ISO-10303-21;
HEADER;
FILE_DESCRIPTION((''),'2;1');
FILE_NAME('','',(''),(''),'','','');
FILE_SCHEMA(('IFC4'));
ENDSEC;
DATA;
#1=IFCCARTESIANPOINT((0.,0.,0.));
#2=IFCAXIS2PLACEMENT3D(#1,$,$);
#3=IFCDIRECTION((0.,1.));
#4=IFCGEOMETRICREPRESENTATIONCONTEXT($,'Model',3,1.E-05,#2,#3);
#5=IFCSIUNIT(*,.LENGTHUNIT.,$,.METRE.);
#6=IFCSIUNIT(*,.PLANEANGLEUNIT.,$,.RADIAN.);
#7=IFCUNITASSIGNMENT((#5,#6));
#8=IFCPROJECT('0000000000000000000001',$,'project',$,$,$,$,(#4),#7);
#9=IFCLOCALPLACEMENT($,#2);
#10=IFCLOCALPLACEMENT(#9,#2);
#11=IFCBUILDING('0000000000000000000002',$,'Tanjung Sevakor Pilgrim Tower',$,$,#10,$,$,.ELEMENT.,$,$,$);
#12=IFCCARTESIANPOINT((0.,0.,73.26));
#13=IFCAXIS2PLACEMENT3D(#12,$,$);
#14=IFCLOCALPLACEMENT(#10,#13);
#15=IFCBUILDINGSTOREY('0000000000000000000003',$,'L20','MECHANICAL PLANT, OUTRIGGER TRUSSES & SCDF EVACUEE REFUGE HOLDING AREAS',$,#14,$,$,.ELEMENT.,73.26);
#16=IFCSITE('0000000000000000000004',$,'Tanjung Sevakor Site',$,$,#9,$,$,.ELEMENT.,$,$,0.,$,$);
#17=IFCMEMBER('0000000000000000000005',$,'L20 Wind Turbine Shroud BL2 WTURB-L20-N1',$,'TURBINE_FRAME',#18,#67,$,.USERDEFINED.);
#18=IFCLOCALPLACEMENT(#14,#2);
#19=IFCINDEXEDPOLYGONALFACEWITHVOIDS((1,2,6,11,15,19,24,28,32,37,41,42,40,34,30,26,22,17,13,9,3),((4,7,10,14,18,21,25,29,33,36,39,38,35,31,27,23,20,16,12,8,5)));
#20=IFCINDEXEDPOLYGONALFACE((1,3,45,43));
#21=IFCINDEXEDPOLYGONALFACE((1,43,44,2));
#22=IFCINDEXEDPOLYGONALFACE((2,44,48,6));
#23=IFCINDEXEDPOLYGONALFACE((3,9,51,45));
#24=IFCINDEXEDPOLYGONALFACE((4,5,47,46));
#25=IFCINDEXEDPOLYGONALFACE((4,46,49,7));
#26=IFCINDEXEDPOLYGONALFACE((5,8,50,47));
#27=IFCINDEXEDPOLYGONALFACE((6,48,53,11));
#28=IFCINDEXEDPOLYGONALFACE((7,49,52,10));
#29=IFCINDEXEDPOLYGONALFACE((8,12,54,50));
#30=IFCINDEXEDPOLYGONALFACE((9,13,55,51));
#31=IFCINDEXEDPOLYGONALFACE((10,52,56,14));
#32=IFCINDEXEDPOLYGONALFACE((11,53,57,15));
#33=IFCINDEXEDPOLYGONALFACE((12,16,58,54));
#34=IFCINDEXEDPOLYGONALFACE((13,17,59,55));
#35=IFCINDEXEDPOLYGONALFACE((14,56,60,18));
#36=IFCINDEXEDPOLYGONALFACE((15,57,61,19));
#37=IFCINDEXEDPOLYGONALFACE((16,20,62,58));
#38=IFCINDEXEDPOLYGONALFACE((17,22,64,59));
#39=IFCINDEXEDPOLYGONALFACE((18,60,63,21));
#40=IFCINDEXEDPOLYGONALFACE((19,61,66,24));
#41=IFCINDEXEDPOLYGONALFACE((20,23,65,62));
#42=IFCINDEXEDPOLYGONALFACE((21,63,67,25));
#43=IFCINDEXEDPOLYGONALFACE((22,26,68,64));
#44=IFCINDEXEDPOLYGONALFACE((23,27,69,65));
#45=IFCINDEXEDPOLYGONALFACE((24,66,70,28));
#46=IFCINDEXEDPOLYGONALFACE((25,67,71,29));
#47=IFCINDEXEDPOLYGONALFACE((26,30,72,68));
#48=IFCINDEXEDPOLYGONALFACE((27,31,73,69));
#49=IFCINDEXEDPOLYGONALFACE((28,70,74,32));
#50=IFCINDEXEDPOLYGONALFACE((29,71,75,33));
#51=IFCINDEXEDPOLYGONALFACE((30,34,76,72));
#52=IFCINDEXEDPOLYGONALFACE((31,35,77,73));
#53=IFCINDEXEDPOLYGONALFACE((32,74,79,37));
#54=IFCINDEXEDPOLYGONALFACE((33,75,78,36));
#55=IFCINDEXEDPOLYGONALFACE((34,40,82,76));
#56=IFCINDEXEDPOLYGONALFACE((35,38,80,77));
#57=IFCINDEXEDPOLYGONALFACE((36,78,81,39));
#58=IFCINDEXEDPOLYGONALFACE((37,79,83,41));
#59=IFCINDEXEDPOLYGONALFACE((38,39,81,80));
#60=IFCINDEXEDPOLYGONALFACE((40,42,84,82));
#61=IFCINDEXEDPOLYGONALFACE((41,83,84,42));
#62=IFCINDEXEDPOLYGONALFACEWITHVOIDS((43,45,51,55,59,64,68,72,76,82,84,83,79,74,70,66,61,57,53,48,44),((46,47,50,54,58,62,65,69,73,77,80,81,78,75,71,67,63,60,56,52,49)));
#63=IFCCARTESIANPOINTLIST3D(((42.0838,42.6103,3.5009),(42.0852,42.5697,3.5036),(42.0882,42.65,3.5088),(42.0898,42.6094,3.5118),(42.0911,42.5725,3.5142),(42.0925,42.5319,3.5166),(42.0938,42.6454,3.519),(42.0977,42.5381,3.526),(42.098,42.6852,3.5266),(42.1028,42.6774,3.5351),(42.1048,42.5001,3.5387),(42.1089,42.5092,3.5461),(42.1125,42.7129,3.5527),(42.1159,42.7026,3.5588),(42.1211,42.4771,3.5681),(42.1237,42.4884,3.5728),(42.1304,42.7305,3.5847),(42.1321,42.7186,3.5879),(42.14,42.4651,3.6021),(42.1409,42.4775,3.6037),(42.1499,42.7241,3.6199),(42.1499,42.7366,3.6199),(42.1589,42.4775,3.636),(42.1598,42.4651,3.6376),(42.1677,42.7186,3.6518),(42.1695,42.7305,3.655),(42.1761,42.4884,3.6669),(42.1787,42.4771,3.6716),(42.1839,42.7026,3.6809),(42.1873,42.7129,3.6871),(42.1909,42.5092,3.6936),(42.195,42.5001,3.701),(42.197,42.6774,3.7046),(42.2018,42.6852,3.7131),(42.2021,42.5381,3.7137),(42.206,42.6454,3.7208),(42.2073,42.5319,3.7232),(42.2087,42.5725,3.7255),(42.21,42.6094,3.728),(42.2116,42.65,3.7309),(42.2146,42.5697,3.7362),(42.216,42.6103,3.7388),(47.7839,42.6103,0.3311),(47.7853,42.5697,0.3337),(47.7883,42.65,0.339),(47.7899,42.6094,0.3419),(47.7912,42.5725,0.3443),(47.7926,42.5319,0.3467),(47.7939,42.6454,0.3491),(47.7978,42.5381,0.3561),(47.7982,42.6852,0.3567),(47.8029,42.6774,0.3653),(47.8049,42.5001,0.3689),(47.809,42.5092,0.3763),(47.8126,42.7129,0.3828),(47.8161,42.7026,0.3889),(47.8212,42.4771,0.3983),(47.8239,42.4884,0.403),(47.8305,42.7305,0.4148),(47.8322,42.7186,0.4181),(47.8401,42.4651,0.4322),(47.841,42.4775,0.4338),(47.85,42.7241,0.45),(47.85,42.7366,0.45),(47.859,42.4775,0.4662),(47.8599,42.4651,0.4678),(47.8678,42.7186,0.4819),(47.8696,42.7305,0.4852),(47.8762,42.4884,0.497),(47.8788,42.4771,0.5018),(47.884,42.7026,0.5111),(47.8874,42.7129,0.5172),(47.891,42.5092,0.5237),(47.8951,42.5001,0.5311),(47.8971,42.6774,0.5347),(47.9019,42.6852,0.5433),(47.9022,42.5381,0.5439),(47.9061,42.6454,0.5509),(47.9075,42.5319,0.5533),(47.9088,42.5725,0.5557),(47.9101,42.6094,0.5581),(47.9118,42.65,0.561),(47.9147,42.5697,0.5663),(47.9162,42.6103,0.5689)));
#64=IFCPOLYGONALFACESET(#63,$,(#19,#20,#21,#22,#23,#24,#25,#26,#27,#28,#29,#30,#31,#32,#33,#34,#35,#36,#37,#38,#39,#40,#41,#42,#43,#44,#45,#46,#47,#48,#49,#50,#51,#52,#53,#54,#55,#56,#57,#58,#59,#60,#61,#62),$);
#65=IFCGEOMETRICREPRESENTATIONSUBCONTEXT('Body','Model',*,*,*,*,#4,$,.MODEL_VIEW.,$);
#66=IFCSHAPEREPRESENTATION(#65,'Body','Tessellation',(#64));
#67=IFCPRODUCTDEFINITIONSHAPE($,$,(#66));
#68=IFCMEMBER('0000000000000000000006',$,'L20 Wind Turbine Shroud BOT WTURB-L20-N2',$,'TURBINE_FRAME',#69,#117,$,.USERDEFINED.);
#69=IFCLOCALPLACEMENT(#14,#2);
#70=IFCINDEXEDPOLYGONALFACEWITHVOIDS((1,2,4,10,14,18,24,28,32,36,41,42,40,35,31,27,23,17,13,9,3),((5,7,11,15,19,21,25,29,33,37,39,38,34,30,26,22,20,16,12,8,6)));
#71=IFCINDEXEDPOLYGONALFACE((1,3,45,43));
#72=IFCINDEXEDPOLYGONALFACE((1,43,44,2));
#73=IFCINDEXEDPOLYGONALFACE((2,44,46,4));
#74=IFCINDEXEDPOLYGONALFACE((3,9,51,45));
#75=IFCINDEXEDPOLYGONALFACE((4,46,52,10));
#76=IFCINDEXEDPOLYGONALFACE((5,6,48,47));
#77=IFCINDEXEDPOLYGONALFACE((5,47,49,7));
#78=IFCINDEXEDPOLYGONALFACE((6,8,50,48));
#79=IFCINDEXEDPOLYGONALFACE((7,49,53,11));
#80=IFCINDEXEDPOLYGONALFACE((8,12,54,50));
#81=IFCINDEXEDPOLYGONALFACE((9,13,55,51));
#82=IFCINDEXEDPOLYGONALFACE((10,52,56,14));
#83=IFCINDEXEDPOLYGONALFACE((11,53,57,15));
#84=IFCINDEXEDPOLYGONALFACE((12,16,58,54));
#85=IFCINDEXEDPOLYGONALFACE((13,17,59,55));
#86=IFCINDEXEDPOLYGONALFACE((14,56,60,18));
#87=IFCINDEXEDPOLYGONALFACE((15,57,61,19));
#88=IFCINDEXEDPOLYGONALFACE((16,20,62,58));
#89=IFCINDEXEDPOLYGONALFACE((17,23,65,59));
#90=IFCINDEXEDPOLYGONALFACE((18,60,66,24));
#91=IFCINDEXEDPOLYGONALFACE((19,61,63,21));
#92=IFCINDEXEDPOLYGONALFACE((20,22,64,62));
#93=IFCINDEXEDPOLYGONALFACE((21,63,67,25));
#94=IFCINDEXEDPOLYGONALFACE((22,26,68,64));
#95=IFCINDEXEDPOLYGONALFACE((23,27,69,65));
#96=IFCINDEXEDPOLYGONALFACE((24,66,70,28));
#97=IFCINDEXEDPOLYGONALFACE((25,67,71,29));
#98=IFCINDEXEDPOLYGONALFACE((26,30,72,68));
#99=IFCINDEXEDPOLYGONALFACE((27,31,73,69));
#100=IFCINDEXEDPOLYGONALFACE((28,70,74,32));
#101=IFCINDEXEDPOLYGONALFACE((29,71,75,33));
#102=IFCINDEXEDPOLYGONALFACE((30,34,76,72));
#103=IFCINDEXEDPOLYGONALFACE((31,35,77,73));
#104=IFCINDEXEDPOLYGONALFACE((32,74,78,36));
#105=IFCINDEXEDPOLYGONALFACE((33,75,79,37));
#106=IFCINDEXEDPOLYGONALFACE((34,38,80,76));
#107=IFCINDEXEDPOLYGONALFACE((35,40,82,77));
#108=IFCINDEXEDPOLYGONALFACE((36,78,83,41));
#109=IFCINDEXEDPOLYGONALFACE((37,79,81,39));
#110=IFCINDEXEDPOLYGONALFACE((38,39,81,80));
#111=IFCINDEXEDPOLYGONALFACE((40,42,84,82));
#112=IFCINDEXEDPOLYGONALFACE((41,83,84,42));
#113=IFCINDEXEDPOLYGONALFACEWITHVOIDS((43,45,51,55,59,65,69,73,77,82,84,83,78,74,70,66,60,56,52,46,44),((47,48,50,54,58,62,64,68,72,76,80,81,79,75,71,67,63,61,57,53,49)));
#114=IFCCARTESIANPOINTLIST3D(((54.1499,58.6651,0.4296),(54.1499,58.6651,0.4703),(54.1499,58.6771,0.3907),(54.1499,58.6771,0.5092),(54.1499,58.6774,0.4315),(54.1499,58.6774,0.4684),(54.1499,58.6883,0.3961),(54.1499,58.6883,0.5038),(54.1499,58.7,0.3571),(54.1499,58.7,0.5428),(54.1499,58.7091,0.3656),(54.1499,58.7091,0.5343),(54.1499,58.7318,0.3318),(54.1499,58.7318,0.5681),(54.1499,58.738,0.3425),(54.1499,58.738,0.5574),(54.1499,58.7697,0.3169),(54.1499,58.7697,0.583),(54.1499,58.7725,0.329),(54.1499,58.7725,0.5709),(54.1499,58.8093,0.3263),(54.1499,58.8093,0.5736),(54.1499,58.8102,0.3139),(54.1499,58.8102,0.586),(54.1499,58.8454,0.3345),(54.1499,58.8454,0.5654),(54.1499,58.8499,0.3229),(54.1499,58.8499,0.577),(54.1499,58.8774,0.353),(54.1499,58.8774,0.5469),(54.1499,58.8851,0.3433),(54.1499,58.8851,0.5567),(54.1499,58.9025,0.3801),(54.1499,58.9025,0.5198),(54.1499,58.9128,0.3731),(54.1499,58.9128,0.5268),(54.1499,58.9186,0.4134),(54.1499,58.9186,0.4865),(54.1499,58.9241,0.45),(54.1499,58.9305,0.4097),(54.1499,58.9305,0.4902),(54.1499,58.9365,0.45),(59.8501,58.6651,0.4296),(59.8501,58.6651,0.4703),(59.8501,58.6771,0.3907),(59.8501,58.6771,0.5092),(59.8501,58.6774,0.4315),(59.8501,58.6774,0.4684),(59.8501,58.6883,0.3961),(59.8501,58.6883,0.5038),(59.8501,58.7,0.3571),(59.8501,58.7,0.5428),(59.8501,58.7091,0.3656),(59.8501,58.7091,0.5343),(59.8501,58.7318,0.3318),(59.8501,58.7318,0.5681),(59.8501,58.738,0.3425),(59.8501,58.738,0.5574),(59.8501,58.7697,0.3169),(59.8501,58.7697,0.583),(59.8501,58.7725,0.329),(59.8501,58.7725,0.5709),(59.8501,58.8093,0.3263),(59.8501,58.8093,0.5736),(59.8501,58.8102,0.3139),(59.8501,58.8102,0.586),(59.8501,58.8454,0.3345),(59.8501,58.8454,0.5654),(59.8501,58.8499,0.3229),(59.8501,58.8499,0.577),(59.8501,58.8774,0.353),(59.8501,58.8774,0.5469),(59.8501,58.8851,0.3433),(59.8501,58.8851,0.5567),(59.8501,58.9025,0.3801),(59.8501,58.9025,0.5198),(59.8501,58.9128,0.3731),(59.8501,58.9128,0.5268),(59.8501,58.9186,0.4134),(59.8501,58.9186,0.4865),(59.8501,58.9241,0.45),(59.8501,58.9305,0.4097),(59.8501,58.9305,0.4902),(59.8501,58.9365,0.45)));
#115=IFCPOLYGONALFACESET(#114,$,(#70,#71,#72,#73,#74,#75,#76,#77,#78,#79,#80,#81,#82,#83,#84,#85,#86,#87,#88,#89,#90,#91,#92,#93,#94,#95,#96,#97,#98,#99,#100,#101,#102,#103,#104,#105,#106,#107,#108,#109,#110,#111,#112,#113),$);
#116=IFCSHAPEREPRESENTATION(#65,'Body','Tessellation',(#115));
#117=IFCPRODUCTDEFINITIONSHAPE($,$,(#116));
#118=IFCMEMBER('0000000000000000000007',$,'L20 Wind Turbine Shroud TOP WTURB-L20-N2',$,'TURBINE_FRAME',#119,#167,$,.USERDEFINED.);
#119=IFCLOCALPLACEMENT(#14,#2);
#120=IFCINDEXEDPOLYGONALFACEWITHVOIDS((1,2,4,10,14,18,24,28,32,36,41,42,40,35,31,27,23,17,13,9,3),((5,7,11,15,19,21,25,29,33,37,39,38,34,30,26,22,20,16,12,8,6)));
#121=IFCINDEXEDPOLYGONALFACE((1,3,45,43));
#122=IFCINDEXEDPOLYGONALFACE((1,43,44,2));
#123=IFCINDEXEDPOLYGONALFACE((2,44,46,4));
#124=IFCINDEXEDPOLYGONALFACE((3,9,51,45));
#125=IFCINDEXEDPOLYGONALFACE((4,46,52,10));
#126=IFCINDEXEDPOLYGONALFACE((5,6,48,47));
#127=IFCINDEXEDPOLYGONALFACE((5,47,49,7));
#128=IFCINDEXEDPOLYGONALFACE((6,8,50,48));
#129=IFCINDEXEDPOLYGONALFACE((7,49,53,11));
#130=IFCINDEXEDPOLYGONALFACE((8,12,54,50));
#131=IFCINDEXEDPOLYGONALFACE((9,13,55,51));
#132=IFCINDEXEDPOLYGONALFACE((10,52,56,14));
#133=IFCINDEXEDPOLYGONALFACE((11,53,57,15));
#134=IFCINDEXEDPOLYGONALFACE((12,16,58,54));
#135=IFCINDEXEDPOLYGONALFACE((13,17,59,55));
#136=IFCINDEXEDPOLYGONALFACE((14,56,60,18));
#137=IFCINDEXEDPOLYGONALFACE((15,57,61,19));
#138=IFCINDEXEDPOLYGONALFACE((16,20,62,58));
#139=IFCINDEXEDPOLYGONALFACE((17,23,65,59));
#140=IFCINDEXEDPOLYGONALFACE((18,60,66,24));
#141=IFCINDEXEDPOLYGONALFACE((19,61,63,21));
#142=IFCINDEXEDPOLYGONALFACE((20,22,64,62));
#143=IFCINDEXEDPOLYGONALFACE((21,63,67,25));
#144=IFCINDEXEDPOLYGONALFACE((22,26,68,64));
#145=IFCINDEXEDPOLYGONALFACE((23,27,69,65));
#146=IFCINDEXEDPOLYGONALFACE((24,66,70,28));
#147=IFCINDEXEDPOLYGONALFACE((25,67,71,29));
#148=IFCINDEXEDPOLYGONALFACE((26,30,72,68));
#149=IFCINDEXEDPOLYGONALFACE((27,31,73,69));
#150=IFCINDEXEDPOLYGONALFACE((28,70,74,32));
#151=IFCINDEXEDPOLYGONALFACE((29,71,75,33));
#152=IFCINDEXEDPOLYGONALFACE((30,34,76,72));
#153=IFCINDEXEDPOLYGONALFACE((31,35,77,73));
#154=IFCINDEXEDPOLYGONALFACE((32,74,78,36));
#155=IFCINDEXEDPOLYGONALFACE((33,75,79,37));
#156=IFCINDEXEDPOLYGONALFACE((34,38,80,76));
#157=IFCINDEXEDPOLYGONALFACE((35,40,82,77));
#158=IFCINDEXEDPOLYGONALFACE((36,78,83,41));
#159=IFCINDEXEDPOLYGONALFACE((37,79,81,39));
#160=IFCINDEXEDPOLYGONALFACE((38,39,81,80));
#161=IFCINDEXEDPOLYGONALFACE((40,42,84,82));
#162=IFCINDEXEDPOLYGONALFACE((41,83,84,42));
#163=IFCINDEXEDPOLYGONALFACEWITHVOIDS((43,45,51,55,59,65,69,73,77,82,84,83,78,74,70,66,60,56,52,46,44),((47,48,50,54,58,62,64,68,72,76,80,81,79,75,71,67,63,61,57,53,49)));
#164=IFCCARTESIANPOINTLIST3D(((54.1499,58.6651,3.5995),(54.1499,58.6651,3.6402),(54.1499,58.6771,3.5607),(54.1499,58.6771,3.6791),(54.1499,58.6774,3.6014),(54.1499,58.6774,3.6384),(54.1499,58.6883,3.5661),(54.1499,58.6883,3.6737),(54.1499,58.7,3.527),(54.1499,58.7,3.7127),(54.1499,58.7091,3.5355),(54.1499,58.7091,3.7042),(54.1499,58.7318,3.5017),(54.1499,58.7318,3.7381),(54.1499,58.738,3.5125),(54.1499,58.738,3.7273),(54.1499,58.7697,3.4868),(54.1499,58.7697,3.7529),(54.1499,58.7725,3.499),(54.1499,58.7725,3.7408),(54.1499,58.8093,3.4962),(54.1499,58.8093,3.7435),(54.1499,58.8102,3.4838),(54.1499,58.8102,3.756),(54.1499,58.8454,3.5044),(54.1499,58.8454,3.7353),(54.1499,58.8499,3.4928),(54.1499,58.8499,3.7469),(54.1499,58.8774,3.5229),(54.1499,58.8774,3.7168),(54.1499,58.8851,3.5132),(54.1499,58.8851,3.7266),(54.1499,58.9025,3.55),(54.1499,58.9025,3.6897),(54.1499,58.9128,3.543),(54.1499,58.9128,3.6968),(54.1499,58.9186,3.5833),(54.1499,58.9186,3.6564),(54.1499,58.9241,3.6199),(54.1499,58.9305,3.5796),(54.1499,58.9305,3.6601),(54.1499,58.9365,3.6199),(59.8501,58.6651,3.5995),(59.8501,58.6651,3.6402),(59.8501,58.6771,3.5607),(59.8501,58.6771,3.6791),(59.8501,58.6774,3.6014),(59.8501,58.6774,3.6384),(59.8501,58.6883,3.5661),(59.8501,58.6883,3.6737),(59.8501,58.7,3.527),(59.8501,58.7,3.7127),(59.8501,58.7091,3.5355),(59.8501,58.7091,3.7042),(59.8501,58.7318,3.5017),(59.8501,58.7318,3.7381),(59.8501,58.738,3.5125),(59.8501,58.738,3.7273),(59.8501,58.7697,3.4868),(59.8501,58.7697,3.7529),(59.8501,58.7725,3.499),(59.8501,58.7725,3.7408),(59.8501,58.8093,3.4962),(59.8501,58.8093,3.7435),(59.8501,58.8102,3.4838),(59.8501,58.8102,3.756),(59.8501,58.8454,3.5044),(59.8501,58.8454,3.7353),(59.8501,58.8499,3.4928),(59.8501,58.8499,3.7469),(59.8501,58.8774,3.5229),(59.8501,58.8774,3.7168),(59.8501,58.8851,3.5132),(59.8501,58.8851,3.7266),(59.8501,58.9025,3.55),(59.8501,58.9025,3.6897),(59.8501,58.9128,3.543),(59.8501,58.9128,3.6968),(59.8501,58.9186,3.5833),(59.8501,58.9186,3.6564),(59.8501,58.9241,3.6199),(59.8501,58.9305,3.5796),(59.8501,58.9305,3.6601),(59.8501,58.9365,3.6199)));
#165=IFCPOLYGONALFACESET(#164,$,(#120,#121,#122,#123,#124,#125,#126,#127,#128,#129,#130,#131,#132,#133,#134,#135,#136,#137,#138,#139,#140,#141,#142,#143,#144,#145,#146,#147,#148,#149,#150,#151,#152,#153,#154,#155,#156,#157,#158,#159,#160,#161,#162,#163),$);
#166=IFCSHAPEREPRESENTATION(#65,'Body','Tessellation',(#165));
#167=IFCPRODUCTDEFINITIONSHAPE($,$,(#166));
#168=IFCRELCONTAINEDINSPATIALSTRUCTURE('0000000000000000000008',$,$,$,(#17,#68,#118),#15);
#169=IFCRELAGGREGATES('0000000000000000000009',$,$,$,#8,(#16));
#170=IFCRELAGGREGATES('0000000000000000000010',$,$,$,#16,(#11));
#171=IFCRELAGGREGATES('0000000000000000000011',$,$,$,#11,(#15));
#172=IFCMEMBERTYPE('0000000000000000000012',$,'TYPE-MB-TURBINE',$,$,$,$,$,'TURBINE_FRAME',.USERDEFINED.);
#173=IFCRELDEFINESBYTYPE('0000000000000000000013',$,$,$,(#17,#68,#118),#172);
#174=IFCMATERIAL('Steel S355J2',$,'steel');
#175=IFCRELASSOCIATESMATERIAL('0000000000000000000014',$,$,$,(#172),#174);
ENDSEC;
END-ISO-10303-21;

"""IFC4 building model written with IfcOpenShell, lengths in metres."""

from ifc_helpers import new_model, si_unit, direction, frame, origin, origin_2d, place, context, subcontext, project, spatial, hollow_circle, extrude, material, material_profile, profile_set, type_object, element, save


model = new_model("IFC4")

# Units and contexts
model_context = context("Model", 3, precision=1e-05, world=origin(), true_north=direction((0.0, 1.0)))
body_context = subcontext(model_context, "Body", "Model", "MODEL_VIEW")
ifc_project = project(units=[si_unit("LENGTHUNIT", "METRE"), si_unit("PLANEANGLEUNIT", "RADIAN")], contexts=[model_context])

# Site, building, storey
site_placement = place(None, origin())
site = spatial("IfcSite", under=ifc_project, at=site_placement, Name="Tanjung Sevakor Site", CompositionType="ELEMENT", RefElevation=0.0)
building_placement = place(site_placement, origin())
building = spatial("IfcBuilding", under=site, at=building_placement, Name="Tanjung Sevakor Pilgrim Tower", CompositionType="ELEMENT")
storey_placement = place(building_placement, frame((0.0, 0.0, 73.26)))
storey = spatial("IfcBuildingStorey", under=building, at=storey_placement, Name="L20", Description="MECHANICAL PLANT, OUTRIGGER TRUSSES & SCDF EVACUEE REFUGE HOLDING AREAS", CompositionType="ELEMENT", Elevation=73.26)

# Members
ifc_material_1 = material(Name="Steel S355J2", Category="steel")
ifc_material_profile_1 = material_profile(ifc_material_1, hollow_circle(Radius=0.1365, WallThickness=0.0125, at=origin_2d()))
ifc_profile_set_1 = profile_set([ifc_material_profile_1], Name="Steel S355J2")
member_type = type_object("IfcMemberType", Name="TYPE-MB-TURBINE", ElementType="TURBINE_FRAME", PredefinedType="USERDEFINED", material=ifc_profile_set_1)
for number, where, z_axis, x_axis, name in (
    (1, (42.1499, 42.6001, 3.6199), (0.873952, 0.0, -0.486012), (0.0, 1.0, 0.0), "L20 Wind Turbine Shroud BL2 WTURB-L20-N1"),
):
    element("IfcMember", number, at=place(storey_placement, frame(where, z_axis=z_axis, x_axis=x_axis)), inside=storey, type_object=member_type, Name=name, ObjectType="TURBINE_FRAME", PredefinedType="USERDEFINED", context=body_context, shape_type="SweptSolid", body=[
        extrude(hollow_circle(Radius=0.1365, WallThickness=0.0125, at=origin_2d()), origin(), (0.0, 0.0, 1.0), 6.5222),
    ])
for number, where, z_axis, x_axis, name in (
    (2, (54.1499, 58.8, 0.45), (1.0, 0.0, 0.0), (0.0, 1.0, 0.0), "L20 Wind Turbine Shroud BOT WTURB-L20-N2"),
    (3, (54.1499, 58.8, 3.6199), (1.0, 0.0, 0.0), (0.0, 1.0, 0.0), "L20 Wind Turbine Shroud TOP WTURB-L20-N2"),
):
    element("IfcMember", number, at=place(storey_placement, frame(where, z_axis=z_axis, x_axis=x_axis)), inside=storey, type_object=member_type, Name=name, ObjectType="TURBINE_FRAME", PredefinedType="USERDEFINED", context=body_context, shape_type="SweptSolid", body=[
        extrude(hollow_circle(Radius=0.1365, WallThickness=0.0125, at=origin_2d()), origin(), (0.0, 0.0, 1.0), 5.7002),
    ])

save(model, "model.ifc")
